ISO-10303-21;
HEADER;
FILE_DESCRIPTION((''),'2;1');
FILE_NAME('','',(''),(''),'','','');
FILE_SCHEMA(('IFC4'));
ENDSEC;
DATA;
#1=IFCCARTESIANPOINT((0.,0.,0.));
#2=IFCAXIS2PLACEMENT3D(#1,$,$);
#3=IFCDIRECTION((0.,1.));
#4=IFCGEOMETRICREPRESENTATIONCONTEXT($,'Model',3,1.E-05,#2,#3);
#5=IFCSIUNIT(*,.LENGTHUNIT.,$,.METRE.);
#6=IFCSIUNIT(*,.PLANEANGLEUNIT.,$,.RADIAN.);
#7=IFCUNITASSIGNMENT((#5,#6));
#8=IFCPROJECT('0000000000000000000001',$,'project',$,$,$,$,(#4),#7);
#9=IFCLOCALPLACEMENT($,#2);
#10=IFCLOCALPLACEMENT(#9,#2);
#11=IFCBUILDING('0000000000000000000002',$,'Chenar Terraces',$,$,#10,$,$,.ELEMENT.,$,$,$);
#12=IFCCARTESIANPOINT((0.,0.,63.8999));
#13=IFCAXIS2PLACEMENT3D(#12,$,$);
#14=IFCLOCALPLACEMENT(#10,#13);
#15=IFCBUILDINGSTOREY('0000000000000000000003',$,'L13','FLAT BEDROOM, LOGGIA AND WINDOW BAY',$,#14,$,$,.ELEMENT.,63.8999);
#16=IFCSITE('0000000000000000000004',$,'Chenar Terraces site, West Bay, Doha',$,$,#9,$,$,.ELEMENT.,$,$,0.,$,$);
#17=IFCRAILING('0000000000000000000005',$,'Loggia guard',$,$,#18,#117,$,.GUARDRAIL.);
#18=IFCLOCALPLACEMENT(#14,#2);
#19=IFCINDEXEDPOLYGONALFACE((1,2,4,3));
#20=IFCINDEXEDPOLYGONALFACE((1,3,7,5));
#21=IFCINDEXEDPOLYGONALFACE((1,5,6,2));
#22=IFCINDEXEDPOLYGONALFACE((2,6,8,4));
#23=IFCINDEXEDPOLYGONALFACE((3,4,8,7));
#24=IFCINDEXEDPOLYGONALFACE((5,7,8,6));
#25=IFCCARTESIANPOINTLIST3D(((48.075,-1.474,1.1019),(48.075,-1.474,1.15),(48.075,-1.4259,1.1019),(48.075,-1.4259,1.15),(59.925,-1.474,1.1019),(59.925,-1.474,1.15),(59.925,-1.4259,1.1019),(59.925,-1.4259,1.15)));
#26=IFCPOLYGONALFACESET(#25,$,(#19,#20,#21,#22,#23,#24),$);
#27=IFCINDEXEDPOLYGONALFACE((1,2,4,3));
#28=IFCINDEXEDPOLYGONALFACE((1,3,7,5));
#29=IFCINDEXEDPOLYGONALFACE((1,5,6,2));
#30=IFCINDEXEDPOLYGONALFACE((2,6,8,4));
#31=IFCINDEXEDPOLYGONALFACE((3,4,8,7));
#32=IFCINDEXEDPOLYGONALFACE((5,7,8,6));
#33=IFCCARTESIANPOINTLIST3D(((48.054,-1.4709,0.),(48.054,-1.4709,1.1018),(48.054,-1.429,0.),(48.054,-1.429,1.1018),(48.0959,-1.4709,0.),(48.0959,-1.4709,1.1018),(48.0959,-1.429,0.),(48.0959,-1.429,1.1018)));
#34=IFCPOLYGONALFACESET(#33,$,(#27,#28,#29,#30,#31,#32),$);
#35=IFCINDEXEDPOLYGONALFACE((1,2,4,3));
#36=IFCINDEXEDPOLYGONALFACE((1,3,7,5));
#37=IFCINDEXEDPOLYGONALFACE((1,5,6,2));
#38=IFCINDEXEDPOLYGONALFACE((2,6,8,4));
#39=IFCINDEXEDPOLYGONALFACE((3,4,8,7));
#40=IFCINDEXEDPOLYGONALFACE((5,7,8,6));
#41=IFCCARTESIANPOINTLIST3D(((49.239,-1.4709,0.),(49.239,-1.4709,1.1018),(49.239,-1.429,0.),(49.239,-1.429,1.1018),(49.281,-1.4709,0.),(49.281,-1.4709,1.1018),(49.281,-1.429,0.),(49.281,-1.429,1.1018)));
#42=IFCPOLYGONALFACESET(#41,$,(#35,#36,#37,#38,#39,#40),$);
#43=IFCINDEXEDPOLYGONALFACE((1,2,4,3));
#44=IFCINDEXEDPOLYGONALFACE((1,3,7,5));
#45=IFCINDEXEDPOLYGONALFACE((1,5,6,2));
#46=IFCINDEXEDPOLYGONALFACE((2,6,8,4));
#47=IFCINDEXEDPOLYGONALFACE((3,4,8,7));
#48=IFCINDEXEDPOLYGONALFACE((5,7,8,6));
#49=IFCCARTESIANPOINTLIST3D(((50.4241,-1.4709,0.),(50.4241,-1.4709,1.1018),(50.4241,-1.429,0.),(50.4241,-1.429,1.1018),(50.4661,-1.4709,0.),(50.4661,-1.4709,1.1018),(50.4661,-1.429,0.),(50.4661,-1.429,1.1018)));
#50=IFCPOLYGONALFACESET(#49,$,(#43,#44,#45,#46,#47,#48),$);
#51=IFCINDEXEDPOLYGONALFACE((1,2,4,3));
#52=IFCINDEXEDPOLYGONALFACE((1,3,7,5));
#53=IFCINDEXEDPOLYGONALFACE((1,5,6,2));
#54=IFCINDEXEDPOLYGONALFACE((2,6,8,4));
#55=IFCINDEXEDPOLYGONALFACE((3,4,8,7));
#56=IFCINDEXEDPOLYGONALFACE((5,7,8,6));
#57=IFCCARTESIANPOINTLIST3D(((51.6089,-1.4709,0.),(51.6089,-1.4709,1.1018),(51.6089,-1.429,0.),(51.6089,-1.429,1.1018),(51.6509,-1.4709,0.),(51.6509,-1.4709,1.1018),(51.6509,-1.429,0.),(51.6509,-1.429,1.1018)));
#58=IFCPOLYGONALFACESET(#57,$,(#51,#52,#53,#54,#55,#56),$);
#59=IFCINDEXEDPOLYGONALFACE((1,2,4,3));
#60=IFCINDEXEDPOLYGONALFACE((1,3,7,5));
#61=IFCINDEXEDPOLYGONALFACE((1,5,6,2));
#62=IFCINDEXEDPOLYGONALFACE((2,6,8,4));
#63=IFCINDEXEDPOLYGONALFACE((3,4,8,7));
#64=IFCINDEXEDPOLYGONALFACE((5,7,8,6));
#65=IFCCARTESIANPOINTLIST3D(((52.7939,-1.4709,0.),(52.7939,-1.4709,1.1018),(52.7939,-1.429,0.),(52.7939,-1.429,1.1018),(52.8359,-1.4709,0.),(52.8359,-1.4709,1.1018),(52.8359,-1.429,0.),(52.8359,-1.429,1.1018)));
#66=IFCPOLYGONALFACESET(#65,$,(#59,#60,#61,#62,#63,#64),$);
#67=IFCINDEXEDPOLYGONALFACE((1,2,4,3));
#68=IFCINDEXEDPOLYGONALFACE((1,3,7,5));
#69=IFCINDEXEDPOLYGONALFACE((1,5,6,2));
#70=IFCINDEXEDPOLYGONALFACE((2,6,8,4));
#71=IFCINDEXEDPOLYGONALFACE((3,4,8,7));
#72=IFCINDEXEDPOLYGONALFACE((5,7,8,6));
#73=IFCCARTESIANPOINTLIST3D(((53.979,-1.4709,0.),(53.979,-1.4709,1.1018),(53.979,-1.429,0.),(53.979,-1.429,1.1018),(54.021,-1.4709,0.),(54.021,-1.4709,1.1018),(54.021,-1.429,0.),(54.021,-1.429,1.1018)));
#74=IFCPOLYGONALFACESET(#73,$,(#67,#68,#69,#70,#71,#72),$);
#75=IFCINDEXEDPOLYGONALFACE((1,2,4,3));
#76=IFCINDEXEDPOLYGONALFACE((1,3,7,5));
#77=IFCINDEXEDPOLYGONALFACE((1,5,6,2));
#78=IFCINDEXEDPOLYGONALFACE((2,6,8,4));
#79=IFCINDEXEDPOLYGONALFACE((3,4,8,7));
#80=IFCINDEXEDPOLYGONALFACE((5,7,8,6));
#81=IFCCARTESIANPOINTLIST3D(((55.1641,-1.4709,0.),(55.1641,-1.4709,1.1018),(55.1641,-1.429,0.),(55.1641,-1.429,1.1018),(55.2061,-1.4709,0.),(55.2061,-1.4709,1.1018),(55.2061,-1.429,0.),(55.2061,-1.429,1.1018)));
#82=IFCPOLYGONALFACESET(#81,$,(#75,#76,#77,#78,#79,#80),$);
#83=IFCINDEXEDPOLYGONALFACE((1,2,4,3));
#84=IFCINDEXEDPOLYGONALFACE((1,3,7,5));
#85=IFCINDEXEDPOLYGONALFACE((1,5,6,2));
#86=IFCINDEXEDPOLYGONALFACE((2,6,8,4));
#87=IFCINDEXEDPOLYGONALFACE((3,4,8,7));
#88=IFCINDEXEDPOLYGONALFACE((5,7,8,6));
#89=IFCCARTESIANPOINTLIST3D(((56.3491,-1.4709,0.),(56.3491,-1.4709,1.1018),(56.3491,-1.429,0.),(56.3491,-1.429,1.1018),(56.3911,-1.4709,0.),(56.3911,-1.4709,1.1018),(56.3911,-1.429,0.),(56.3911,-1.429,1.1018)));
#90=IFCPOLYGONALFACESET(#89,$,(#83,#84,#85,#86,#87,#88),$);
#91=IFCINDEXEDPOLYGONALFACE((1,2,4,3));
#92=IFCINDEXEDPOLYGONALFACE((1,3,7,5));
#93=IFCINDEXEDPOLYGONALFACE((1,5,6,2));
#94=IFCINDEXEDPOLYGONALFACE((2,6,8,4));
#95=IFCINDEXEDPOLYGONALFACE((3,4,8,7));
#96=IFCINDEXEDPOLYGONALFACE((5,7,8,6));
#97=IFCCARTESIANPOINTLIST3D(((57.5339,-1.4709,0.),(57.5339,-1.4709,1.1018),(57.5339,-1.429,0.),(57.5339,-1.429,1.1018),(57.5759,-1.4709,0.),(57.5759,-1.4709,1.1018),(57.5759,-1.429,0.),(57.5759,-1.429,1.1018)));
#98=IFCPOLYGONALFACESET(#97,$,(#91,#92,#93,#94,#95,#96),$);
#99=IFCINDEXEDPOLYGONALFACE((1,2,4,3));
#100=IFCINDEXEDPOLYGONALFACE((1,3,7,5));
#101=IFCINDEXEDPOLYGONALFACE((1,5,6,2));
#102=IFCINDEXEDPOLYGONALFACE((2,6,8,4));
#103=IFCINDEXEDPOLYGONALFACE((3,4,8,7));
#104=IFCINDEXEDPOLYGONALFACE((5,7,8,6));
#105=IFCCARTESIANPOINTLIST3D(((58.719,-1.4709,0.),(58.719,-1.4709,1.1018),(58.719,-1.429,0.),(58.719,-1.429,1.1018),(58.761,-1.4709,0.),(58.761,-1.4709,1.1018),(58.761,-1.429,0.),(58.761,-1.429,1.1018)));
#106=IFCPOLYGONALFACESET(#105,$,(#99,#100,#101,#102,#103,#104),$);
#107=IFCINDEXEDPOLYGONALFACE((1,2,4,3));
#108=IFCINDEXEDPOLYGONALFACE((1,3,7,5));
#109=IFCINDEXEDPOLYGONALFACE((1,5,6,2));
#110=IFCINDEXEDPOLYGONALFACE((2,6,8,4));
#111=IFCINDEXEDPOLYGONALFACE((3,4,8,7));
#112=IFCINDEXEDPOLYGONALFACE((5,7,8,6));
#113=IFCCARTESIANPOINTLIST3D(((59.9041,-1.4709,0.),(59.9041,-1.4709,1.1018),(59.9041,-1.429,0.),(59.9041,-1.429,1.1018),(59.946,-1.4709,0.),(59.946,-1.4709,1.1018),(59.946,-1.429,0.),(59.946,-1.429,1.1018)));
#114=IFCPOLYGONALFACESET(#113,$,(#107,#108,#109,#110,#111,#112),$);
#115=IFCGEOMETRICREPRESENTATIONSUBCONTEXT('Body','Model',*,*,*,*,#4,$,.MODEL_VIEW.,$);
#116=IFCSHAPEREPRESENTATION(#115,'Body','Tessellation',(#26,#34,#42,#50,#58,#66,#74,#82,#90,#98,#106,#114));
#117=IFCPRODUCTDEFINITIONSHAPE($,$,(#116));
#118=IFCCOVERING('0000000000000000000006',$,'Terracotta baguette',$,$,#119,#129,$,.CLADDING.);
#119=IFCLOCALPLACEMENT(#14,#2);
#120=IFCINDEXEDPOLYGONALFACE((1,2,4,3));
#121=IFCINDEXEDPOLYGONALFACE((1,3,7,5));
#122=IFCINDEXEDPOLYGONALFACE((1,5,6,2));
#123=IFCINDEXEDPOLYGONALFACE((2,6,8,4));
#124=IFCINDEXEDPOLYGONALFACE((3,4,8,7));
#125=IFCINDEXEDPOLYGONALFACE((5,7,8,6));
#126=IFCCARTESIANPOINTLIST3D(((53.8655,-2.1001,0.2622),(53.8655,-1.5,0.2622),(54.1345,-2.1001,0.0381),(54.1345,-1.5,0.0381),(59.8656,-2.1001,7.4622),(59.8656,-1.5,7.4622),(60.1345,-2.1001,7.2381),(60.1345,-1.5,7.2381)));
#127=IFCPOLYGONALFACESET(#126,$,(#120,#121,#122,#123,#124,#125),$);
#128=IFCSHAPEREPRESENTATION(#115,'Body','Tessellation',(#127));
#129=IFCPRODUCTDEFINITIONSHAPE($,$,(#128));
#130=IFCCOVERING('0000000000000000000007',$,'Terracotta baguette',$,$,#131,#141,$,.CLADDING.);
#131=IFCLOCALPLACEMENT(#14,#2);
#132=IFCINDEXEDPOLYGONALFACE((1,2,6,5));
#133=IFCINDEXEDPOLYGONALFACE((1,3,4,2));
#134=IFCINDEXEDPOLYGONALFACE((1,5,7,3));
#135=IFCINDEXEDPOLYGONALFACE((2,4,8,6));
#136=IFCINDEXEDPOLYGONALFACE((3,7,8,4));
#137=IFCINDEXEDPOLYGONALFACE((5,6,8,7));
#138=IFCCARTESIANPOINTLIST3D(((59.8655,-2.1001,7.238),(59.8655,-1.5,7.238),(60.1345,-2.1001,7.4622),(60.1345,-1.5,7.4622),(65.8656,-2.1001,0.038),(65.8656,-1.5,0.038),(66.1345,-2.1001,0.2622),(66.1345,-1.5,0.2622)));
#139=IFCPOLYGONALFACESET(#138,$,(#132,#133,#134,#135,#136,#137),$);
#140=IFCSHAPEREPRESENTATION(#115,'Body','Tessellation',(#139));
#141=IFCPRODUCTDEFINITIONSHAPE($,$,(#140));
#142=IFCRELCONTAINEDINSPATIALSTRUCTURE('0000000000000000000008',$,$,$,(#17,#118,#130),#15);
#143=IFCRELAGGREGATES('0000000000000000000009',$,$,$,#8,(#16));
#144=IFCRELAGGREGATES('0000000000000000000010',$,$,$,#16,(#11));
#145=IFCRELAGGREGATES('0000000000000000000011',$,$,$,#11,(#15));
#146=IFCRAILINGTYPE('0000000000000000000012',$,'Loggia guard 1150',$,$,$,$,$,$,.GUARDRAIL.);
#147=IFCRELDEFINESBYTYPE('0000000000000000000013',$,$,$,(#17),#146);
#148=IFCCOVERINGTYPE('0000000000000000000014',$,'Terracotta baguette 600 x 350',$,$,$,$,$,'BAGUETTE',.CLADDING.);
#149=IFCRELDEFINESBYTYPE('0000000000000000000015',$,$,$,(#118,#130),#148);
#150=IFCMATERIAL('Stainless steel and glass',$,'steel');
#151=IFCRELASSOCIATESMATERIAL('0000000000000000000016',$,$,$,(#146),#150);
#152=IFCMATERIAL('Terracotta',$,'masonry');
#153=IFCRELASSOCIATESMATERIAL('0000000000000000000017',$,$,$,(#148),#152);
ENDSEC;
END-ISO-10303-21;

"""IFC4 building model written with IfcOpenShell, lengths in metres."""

from ifc_helpers import new_model, si_unit, direction, frame, origin, origin_2d, place, context, subcontext, project, spatial, rectangle, extrude, material, material_profile, profile_set, type_object, element, save


model = new_model("IFC4")

# Units and contexts
model_context = context("Model", 3, precision=1e-05, world=origin(), true_north=direction((0.0, 1.0)))
body_context = subcontext(model_context, "Body", "Model", "MODEL_VIEW")
ifc_project = project(units=[si_unit("LENGTHUNIT", "METRE"), si_unit("PLANEANGLEUNIT", "RADIAN")], contexts=[model_context])

# Site, building, storey
site_placement = place(None, origin())
site = spatial("IfcSite", under=ifc_project, at=site_placement, Name="Chenar Terraces site, West Bay, Doha", CompositionType="ELEMENT", RefElevation=0.0)
building_placement = place(site_placement, origin())
building = spatial("IfcBuilding", under=site, at=building_placement, Name="Chenar Terraces", CompositionType="ELEMENT")
storey_placement = place(building_placement, frame((0.0, 0.0, 63.8999)))
storey = spatial("IfcBuildingStorey", under=building, at=storey_placement, Name="L13", Description="FLAT BEDROOM, LOGGIA AND WINDOW BAY", CompositionType="ELEMENT", Elevation=63.8999)

# Railing
ifc_material_1 = material(Name="Stainless steel and glass", Category="steel")
railing_type = type_object("IfcRailingType", Name="Loggia guard 1150", PredefinedType="GUARDRAIL", material=ifc_material_1)
railing_placement = place(storey_placement, frame((48.075, -1.45, 0.0)))
element("IfcRailing", 1, at=railing_placement, inside=storey, type_object=railing_type, Name="Loggia guard", PredefinedType="GUARDRAIL", context=body_context, shape_type="SweptSolid", body=[
    extrude(rectangle(XDim=0.0481, YDim=0.0481, at=origin_2d()), frame((0.0, 0.0, 1.126), z_axis=(1.0, 0.0, 0.0), x_axis=(0.0, 1.0, 0.0)), (0.0, 0.0, 1.0), 11.8501),
    extrude(rectangle(XDim=0.042, YDim=0.042, at=origin_2d()), origin(), (0.0, 0.0, 1.0), 1.1018),
    extrude(rectangle(XDim=0.042, YDim=0.042, at=origin_2d()), frame((1.1851, 0.0, 0.0)), (0.0, 0.0, 1.0), 1.1018),
    extrude(rectangle(XDim=0.042, YDim=0.042, at=origin_2d()), frame((2.3701, 0.0, 0.0)), (0.0, 0.0, 1.0), 1.1018),
    extrude(rectangle(XDim=0.042, YDim=0.042, at=origin_2d()), frame((3.5549, 0.0, 0.0)), (0.0, 0.0, 1.0), 1.1018),
    extrude(rectangle(XDim=0.042, YDim=0.042, at=origin_2d()), frame((4.74, 0.0, 0.0)), (0.0, 0.0, 1.0), 1.1018),
    extrude(rectangle(XDim=0.042, YDim=0.042, at=origin_2d()), frame((5.925, 0.0, 0.0)), (0.0, 0.0, 1.0), 1.1018),
    extrude(rectangle(XDim=0.042, YDim=0.042, at=origin_2d()), frame((7.1101, 0.0, 0.0)), (0.0, 0.0, 1.0), 1.1018),
    extrude(rectangle(XDim=0.042, YDim=0.042, at=origin_2d()), frame((8.2952, 0.0, 0.0)), (0.0, 0.0, 1.0), 1.1018),
    extrude(rectangle(XDim=0.042, YDim=0.042, at=origin_2d()), frame((9.48, 0.0, 0.0)), (0.0, 0.0, 1.0), 1.1018),
    extrude(rectangle(XDim=0.042, YDim=0.042, at=origin_2d()), frame((10.665, 0.0, 0.0)), (0.0, 0.0, 1.0), 1.1018),
    extrude(rectangle(XDim=0.042, YDim=0.042, at=origin_2d()), frame((11.8501, 0.0, 0.0)), (0.0, 0.0, 1.0), 1.1018),
])

# Coverings
ifc_material_2 = material(Name="Terracotta", Category="masonry")
ifc_material_profile_1 = material_profile(ifc_material_2, rectangle(XDim=0.6001, YDim=0.3501, at=origin_2d()), Name="Terracotta baguette 600 x 350")
ifc_profile_set_1 = profile_set([ifc_material_profile_1], Name="Terracotta")
covering_type = type_object("IfcCoveringType", Name="Terracotta baguette 600 x 350", ElementType="BAGUETTE", PredefinedType="CLADDING", material=ifc_profile_set_1)
for number, where, z_axis, x_axis, name in (
    (2, (54.0, -1.8, 0.1501), (0.640187, 0.0, 0.768219), (0.0, 1.0, 0.0), "Terracotta baguette"),
    (3, (60.0, -1.8, 7.3501), (0.640187, 0.0, -0.768219), (0.0, 1.0, 0.0), "Terracotta baguette"),
):
    element("IfcCovering", number, at=place(storey_placement, frame(where, z_axis=z_axis, x_axis=x_axis)), inside=storey, type_object=covering_type, Name=name, PredefinedType="CLADDING", context=body_context, shape_type="SweptSolid", body=[
        extrude(rectangle(XDim=0.6001, YDim=0.3501, at=origin_2d()), origin(), (0.0, 0.0, 1.0), 9.3723),
    ])

save(model, "model.ifc")
